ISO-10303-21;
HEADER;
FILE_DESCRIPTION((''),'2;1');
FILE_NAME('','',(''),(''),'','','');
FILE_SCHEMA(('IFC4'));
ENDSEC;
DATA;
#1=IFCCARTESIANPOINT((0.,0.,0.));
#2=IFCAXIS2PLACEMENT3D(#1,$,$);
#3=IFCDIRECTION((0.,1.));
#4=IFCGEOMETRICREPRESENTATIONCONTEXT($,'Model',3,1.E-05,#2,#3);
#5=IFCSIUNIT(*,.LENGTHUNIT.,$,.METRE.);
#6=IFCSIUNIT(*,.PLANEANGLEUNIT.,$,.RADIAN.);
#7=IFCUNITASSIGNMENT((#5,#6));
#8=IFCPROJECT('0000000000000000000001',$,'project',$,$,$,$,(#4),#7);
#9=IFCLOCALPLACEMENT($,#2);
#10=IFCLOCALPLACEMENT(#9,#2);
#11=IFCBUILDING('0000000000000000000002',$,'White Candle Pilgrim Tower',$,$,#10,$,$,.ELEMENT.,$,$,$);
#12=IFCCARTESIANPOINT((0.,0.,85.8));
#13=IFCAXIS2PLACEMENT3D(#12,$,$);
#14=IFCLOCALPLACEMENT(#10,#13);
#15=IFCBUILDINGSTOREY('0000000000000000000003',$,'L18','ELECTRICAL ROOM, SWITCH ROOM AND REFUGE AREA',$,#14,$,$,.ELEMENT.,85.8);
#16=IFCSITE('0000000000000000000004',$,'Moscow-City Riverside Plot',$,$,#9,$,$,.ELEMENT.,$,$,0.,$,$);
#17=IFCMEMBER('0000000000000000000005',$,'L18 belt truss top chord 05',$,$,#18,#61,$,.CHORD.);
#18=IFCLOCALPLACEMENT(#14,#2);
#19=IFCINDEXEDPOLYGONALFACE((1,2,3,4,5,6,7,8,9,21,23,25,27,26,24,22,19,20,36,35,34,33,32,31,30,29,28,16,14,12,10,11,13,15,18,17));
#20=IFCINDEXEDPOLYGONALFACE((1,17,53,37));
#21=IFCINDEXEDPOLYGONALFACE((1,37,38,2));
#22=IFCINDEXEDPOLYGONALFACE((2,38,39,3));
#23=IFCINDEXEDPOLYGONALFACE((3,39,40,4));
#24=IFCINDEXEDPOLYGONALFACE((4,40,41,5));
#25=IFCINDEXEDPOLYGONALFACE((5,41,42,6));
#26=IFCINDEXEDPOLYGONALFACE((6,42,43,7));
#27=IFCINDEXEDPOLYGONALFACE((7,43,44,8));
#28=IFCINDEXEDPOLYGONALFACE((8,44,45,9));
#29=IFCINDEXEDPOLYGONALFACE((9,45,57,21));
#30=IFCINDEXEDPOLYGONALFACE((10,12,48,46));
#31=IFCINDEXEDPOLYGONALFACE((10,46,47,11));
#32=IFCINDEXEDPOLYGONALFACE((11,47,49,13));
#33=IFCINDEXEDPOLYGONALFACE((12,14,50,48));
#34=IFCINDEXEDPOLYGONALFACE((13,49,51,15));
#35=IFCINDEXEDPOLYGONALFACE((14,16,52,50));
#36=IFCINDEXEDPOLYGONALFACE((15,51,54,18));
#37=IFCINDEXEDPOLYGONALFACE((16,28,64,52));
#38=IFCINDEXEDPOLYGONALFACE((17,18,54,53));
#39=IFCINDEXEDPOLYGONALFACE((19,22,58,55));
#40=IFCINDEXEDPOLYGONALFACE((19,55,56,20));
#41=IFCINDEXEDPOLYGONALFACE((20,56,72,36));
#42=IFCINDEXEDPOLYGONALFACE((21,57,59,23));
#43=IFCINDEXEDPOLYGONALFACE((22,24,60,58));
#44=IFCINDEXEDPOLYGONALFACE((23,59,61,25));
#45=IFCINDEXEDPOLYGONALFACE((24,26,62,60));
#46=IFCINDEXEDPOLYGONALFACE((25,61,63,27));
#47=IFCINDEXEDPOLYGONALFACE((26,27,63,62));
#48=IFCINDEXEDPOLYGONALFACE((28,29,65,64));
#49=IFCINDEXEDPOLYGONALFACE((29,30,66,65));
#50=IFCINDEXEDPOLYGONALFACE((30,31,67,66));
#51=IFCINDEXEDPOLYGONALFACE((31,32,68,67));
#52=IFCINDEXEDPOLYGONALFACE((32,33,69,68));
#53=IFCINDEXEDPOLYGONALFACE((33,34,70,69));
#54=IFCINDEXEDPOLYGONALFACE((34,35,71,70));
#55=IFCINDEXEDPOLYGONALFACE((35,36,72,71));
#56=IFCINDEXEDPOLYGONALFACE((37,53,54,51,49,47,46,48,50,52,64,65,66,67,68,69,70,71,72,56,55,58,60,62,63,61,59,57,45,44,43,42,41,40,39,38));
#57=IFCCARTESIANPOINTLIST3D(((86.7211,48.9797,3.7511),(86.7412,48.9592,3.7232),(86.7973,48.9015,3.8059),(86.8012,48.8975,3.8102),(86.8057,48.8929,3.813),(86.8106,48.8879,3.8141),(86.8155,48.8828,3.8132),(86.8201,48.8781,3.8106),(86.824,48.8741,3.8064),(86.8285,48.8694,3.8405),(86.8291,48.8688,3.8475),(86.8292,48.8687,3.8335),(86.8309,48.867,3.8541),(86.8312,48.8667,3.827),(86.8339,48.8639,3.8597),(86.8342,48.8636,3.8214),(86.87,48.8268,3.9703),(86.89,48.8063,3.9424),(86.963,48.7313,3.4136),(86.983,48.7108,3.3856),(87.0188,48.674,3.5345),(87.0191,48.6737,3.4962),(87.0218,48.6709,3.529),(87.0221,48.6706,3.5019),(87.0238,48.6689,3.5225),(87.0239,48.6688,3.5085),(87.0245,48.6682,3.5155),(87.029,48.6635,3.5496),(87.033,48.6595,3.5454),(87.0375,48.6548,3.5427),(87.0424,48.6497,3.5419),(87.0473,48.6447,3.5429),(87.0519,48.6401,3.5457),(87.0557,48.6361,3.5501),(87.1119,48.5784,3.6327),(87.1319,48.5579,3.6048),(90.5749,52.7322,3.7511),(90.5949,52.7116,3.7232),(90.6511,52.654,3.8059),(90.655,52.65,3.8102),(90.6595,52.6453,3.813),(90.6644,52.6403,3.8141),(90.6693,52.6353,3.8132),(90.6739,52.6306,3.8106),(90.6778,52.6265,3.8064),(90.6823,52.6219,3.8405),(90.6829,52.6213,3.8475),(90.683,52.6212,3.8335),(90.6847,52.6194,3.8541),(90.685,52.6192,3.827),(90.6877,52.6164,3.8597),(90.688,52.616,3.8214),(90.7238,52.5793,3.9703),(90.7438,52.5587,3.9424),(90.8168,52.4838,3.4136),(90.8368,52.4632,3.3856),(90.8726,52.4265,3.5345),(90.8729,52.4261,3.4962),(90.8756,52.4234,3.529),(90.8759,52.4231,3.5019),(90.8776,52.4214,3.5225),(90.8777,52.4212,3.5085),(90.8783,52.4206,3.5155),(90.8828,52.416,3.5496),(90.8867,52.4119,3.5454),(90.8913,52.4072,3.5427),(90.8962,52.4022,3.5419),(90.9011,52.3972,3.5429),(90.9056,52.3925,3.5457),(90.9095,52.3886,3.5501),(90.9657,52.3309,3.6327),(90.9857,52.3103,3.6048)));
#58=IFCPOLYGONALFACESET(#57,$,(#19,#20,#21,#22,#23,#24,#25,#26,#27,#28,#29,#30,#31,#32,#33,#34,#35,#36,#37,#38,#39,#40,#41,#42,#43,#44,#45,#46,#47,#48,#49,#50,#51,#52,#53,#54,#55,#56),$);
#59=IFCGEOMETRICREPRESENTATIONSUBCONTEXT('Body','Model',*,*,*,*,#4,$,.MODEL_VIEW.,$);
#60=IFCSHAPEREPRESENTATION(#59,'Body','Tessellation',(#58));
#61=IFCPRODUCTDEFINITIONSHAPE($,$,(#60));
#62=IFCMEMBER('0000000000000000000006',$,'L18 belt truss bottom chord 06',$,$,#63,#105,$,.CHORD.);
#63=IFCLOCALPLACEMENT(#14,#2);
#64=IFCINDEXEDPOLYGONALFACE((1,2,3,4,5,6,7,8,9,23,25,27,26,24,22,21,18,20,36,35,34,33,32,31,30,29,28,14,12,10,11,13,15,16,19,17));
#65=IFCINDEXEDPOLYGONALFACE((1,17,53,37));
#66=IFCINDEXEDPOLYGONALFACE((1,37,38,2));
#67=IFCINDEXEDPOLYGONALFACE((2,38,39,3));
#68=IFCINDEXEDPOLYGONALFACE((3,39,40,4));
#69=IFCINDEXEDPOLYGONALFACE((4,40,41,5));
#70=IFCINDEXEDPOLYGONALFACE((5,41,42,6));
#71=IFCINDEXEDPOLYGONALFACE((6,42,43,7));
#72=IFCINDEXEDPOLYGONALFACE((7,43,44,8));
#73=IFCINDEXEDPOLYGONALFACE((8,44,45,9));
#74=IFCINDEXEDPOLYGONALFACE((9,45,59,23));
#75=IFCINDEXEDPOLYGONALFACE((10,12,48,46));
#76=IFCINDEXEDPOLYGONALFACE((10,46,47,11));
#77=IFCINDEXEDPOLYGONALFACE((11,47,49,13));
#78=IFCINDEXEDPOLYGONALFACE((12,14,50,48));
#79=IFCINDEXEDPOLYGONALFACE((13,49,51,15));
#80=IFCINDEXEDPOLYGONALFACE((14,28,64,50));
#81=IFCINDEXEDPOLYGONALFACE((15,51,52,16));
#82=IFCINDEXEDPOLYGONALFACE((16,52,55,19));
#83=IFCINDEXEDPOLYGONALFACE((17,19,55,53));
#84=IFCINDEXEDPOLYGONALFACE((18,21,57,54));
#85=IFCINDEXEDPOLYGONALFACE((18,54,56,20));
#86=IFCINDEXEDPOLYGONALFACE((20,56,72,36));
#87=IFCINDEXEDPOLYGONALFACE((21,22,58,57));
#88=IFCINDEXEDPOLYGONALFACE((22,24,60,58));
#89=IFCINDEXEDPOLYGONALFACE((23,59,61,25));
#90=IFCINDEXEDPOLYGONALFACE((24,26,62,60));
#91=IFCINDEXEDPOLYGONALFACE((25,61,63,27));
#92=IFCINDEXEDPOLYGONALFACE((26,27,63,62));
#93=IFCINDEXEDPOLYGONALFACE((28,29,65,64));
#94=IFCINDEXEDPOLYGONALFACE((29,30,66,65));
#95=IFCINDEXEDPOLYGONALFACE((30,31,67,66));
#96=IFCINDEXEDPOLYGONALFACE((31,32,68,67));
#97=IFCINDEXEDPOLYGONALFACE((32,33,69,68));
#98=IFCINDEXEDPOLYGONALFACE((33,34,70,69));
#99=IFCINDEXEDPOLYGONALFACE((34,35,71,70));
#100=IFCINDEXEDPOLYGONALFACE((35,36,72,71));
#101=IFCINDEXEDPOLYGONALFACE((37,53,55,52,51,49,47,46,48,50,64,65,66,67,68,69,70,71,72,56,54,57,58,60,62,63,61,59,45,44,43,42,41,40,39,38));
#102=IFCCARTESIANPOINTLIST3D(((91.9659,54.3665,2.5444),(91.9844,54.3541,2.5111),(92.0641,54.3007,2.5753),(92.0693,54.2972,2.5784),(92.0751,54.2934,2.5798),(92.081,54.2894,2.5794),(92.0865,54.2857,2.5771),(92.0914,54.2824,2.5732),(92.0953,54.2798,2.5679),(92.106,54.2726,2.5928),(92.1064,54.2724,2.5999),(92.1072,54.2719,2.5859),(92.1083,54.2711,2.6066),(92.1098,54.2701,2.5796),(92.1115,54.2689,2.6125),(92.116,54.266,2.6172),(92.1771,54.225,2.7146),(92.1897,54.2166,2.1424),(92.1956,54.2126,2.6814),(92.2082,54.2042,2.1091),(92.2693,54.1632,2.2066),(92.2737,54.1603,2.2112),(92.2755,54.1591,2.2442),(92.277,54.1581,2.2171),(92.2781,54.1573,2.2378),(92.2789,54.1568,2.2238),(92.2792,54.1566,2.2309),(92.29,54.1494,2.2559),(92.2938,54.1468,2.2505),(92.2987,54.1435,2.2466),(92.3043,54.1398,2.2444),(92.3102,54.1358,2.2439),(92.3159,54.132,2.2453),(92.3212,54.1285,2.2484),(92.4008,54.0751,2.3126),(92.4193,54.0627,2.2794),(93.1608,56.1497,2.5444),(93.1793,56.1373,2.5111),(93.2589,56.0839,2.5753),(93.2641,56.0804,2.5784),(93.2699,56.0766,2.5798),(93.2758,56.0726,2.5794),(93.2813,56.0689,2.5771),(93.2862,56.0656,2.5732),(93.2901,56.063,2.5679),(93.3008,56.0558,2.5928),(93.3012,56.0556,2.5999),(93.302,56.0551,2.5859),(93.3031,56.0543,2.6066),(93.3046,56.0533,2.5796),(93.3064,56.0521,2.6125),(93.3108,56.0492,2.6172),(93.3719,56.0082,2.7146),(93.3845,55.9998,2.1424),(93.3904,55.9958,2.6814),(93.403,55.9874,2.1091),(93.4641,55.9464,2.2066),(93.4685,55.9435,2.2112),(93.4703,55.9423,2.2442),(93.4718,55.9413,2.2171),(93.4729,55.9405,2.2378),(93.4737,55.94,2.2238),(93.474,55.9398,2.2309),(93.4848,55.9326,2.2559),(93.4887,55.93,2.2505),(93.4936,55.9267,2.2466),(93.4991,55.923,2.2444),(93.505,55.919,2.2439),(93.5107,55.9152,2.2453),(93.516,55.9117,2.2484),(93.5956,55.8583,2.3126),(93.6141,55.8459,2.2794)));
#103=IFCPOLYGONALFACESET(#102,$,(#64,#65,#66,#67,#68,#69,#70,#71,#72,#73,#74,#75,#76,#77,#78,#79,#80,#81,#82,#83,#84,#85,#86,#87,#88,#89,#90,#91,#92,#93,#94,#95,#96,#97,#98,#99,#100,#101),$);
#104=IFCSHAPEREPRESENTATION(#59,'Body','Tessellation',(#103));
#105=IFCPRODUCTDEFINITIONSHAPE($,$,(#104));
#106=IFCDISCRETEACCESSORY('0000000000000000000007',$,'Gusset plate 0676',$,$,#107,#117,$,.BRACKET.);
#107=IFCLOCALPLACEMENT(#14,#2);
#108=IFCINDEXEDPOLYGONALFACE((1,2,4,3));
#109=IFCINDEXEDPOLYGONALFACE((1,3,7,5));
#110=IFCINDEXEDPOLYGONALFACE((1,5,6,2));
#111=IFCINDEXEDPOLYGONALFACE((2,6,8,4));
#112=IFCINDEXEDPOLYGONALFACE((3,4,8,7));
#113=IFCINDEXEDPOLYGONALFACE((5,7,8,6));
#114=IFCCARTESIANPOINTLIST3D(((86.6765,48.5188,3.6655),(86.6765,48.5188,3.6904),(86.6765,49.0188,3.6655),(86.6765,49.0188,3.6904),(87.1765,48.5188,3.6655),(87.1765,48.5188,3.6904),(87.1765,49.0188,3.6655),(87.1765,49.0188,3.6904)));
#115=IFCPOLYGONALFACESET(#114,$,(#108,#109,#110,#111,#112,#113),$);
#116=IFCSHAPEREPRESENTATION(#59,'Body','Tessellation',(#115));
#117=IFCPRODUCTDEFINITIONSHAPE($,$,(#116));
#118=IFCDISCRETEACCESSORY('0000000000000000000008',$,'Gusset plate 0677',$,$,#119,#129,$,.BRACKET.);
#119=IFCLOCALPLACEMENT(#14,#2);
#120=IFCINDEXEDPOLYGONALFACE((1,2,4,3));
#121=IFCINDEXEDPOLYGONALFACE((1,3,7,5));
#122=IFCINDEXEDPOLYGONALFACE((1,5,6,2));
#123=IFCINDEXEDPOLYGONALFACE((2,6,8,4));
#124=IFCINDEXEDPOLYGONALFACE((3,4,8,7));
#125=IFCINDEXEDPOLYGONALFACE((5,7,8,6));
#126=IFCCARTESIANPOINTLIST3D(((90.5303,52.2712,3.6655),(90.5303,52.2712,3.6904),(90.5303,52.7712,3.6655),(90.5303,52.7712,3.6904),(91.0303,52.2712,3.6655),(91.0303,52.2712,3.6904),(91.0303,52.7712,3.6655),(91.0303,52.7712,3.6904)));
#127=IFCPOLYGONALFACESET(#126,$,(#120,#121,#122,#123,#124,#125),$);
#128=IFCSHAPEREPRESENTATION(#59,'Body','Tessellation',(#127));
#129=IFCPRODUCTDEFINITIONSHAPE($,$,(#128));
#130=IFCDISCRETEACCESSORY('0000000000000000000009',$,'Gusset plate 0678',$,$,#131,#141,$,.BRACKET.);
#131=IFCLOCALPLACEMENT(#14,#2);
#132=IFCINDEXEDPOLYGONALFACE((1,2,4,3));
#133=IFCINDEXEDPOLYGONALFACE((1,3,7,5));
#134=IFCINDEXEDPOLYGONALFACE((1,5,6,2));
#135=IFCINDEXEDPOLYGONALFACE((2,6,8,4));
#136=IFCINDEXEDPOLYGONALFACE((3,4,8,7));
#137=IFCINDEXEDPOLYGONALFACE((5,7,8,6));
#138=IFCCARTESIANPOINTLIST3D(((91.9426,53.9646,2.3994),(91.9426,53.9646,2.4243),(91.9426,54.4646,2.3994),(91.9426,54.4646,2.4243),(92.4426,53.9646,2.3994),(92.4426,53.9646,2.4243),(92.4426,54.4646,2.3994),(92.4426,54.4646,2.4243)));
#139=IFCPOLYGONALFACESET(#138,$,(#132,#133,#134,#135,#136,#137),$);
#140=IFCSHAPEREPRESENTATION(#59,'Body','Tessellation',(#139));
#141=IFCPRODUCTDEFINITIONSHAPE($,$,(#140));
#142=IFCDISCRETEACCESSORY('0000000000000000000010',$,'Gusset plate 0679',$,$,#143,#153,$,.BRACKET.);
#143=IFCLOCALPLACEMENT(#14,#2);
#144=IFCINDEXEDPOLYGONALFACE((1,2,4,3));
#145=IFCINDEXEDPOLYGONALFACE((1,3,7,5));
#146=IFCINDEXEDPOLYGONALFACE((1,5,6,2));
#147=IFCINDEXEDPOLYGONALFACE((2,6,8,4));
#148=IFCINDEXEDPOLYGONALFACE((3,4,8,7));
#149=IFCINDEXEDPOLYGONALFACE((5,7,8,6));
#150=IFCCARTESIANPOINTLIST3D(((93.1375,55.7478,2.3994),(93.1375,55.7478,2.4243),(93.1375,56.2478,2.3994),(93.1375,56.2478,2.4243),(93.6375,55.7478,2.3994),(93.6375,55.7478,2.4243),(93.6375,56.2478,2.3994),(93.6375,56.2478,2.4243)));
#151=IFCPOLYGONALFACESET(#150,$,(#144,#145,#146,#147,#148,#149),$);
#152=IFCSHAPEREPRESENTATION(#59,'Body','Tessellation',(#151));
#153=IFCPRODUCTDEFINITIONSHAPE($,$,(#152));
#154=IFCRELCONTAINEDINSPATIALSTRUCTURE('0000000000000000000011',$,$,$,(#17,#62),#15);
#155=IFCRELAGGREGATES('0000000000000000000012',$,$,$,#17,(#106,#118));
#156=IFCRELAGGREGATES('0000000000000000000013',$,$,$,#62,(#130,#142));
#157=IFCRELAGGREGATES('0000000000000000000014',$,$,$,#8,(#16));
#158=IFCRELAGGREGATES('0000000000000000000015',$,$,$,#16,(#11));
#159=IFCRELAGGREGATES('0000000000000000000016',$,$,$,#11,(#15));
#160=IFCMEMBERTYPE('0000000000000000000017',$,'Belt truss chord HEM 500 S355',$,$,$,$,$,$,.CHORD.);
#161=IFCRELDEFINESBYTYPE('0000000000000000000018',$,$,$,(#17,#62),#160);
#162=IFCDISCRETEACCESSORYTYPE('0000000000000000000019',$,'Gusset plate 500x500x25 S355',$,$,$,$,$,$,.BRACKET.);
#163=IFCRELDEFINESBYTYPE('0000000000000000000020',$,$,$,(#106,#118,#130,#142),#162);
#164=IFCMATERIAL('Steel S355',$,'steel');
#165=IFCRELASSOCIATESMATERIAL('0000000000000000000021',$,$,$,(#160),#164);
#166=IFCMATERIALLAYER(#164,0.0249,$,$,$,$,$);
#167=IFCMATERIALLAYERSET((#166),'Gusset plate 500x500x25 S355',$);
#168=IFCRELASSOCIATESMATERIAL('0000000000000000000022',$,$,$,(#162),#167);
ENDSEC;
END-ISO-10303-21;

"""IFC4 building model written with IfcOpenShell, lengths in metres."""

from ifc_helpers import new_model, si_unit, direction, frame, origin, origin_2d, place, context, subcontext, project, spatial, rectangle, i_section, extrude, material, layer, layer_set, material_profile, profile_set, type_object, element, aggregate, save


model = new_model("IFC4")

# Units and contexts
model_context = context("Model", 3, precision=1e-05, world=origin(), true_north=direction((0.0, 1.0)))
body_context = subcontext(model_context, "Body", "Model", "MODEL_VIEW")
ifc_project = project(units=[si_unit("LENGTHUNIT", "METRE"), si_unit("PLANEANGLEUNIT", "RADIAN")], contexts=[model_context])

# Site, building, storey
site_placement = place(None, origin())
site = spatial("IfcSite", under=ifc_project, at=site_placement, Name="Moscow-City Riverside Plot", CompositionType="ELEMENT", RefElevation=0.0)
building_placement = place(site_placement, origin())
building = spatial("IfcBuilding", under=site, at=building_placement, Name="White Candle Pilgrim Tower", CompositionType="ELEMENT")
storey_placement = place(building_placement, frame((0.0, 0.0, 85.8)))
storey = spatial("IfcBuildingStorey", under=building, at=storey_placement, Name="L18", Description="ELECTRICAL ROOM, SWITCH ROOM AND REFUGE AREA", CompositionType="ELEMENT", Elevation=85.8)

# Members
ifc_material_1 = material(Name="Steel S355", Category="steel")
ifc_material_profile_1 = material_profile(ifc_material_1, i_section(OverallWidth=0.3059, OverallDepth=0.5239, WebThickness=0.021, FlangeThickness=0.04, FilletRadius=0.0271, at=origin_2d()), Name="HEM 500")
ifc_profile_set_1 = profile_set([ifc_material_profile_1], Name="Steel S355")
member_type_1 = type_object("IfcMemberType", Name="Belt truss chord HEM 500 S355", PredefinedType="CHORD", material=ifc_profile_set_1)
member_1_placement = place(storey_placement, frame((86.9265, 48.7688, 3.678), z_axis=(0.716462, 0.697626, 0.0), x_axis=(0.486677, -0.499817, 0.71647)))
member_1 = element("IfcMember", 1, at=member_1_placement, inside=storey, type_object=member_type_1, Name="L18 belt truss top chord 05", PredefinedType="CHORD", context=body_context, shape_type="SweptSolid", body=[
    extrude(i_section(OverallWidth=0.3059, OverallDepth=0.5239, WebThickness=0.021, FlangeThickness=0.04, FilletRadius=0.0271, at=origin_2d()), origin(), (0.0, 0.0, 1.0), 5.3789),
])
member_2_placement = place(storey_placement, frame((92.1926, 54.2146, 2.4119), z_axis=(0.556641, 0.830753, 0.0), x_axis=(0.690173, -0.462446, 0.556602)))
member_2 = element("IfcMember", 2, at=member_2_placement, inside=storey, type_object=member_type_1, Name="L18 belt truss bottom chord 06", PredefinedType="CHORD", context=body_context, shape_type="SweptSolid", body=[
    extrude(i_section(OverallWidth=0.3059, OverallDepth=0.5239, WebThickness=0.021, FlangeThickness=0.04, FilletRadius=0.0271, at=origin_2d()), origin(), (0.0, 0.0, 1.0), 2.1465),
])

# Discrete accessories
ifc_layer_1 = layer(ifc_material_1, 0.0249)
ifc_layer_set_1 = layer_set([ifc_layer_1], Name="Gusset plate 500x500x25 S355")
discrete_accessory_type_1 = type_object("IfcDiscreteAccessoryType", Name="Gusset plate 500x500x25 S355", PredefinedType="BRACKET", material=ifc_layer_set_1)
discrete_accessory_1_placement = place(storey_placement, frame((86.9265, 48.7688, 3.6655), z_axis=(0.0, 0.0, 1.0), x_axis=(1.0, 0.0, 0.0)))
discrete_accessory_1 = element("IfcDiscreteAccessory", 3, at=discrete_accessory_1_placement, type_object=discrete_accessory_type_1, Name="Gusset plate 0676", PredefinedType="BRACKET", context=body_context, shape_type="SweptSolid", body=[
    extrude(rectangle(XDim=0.5, YDim=0.5, at=origin_2d()), origin(), (0.0, 0.0, 1.0), 0.0249),
])
discrete_accessory_2_placement = place(storey_placement, frame((90.7803, 52.5212, 3.6655), z_axis=(0.0, 0.0, 1.0), x_axis=(1.0, 0.0, 0.0)))
discrete_accessory_2 = element("IfcDiscreteAccessory", 4, at=discrete_accessory_2_placement, type_object=discrete_accessory_type_1, Name="Gusset plate 0677", PredefinedType="BRACKET", context=body_context, shape_type="SweptSolid", body=[
    extrude(rectangle(XDim=0.5, YDim=0.5, at=origin_2d()), origin(), (0.0, 0.0, 1.0), 0.0249),
])
aggregate(member_1, [discrete_accessory_1, discrete_accessory_2])
discrete_accessory_3_placement = place(storey_placement, frame((92.1926, 54.2146, 2.3994), z_axis=(0.0, 0.0, 1.0), x_axis=(1.0, 0.0, 0.0)))
discrete_accessory_3 = element("IfcDiscreteAccessory", 5, at=discrete_accessory_3_placement, type_object=discrete_accessory_type_1, Name="Gusset plate 0678", PredefinedType="BRACKET", context=body_context, shape_type="SweptSolid", body=[
    extrude(rectangle(XDim=0.5, YDim=0.5, at=origin_2d()), origin(), (0.0, 0.0, 1.0), 0.0249),
])
discrete_accessory_4_placement = place(storey_placement, frame((93.3875, 55.9978, 2.3994), z_axis=(0.0, 0.0, 1.0), x_axis=(1.0, 0.0, 0.0)))
discrete_accessory_4 = element("IfcDiscreteAccessory", 6, at=discrete_accessory_4_placement, type_object=discrete_accessory_type_1, Name="Gusset plate 0679", PredefinedType="BRACKET", context=body_context, shape_type="SweptSolid", body=[
    extrude(rectangle(XDim=0.5, YDim=0.5, at=origin_2d()), origin(), (0.0, 0.0, 1.0), 0.0249),
])
aggregate(member_2, [discrete_accessory_3, discrete_accessory_4])

save(model, "model.ifc")
